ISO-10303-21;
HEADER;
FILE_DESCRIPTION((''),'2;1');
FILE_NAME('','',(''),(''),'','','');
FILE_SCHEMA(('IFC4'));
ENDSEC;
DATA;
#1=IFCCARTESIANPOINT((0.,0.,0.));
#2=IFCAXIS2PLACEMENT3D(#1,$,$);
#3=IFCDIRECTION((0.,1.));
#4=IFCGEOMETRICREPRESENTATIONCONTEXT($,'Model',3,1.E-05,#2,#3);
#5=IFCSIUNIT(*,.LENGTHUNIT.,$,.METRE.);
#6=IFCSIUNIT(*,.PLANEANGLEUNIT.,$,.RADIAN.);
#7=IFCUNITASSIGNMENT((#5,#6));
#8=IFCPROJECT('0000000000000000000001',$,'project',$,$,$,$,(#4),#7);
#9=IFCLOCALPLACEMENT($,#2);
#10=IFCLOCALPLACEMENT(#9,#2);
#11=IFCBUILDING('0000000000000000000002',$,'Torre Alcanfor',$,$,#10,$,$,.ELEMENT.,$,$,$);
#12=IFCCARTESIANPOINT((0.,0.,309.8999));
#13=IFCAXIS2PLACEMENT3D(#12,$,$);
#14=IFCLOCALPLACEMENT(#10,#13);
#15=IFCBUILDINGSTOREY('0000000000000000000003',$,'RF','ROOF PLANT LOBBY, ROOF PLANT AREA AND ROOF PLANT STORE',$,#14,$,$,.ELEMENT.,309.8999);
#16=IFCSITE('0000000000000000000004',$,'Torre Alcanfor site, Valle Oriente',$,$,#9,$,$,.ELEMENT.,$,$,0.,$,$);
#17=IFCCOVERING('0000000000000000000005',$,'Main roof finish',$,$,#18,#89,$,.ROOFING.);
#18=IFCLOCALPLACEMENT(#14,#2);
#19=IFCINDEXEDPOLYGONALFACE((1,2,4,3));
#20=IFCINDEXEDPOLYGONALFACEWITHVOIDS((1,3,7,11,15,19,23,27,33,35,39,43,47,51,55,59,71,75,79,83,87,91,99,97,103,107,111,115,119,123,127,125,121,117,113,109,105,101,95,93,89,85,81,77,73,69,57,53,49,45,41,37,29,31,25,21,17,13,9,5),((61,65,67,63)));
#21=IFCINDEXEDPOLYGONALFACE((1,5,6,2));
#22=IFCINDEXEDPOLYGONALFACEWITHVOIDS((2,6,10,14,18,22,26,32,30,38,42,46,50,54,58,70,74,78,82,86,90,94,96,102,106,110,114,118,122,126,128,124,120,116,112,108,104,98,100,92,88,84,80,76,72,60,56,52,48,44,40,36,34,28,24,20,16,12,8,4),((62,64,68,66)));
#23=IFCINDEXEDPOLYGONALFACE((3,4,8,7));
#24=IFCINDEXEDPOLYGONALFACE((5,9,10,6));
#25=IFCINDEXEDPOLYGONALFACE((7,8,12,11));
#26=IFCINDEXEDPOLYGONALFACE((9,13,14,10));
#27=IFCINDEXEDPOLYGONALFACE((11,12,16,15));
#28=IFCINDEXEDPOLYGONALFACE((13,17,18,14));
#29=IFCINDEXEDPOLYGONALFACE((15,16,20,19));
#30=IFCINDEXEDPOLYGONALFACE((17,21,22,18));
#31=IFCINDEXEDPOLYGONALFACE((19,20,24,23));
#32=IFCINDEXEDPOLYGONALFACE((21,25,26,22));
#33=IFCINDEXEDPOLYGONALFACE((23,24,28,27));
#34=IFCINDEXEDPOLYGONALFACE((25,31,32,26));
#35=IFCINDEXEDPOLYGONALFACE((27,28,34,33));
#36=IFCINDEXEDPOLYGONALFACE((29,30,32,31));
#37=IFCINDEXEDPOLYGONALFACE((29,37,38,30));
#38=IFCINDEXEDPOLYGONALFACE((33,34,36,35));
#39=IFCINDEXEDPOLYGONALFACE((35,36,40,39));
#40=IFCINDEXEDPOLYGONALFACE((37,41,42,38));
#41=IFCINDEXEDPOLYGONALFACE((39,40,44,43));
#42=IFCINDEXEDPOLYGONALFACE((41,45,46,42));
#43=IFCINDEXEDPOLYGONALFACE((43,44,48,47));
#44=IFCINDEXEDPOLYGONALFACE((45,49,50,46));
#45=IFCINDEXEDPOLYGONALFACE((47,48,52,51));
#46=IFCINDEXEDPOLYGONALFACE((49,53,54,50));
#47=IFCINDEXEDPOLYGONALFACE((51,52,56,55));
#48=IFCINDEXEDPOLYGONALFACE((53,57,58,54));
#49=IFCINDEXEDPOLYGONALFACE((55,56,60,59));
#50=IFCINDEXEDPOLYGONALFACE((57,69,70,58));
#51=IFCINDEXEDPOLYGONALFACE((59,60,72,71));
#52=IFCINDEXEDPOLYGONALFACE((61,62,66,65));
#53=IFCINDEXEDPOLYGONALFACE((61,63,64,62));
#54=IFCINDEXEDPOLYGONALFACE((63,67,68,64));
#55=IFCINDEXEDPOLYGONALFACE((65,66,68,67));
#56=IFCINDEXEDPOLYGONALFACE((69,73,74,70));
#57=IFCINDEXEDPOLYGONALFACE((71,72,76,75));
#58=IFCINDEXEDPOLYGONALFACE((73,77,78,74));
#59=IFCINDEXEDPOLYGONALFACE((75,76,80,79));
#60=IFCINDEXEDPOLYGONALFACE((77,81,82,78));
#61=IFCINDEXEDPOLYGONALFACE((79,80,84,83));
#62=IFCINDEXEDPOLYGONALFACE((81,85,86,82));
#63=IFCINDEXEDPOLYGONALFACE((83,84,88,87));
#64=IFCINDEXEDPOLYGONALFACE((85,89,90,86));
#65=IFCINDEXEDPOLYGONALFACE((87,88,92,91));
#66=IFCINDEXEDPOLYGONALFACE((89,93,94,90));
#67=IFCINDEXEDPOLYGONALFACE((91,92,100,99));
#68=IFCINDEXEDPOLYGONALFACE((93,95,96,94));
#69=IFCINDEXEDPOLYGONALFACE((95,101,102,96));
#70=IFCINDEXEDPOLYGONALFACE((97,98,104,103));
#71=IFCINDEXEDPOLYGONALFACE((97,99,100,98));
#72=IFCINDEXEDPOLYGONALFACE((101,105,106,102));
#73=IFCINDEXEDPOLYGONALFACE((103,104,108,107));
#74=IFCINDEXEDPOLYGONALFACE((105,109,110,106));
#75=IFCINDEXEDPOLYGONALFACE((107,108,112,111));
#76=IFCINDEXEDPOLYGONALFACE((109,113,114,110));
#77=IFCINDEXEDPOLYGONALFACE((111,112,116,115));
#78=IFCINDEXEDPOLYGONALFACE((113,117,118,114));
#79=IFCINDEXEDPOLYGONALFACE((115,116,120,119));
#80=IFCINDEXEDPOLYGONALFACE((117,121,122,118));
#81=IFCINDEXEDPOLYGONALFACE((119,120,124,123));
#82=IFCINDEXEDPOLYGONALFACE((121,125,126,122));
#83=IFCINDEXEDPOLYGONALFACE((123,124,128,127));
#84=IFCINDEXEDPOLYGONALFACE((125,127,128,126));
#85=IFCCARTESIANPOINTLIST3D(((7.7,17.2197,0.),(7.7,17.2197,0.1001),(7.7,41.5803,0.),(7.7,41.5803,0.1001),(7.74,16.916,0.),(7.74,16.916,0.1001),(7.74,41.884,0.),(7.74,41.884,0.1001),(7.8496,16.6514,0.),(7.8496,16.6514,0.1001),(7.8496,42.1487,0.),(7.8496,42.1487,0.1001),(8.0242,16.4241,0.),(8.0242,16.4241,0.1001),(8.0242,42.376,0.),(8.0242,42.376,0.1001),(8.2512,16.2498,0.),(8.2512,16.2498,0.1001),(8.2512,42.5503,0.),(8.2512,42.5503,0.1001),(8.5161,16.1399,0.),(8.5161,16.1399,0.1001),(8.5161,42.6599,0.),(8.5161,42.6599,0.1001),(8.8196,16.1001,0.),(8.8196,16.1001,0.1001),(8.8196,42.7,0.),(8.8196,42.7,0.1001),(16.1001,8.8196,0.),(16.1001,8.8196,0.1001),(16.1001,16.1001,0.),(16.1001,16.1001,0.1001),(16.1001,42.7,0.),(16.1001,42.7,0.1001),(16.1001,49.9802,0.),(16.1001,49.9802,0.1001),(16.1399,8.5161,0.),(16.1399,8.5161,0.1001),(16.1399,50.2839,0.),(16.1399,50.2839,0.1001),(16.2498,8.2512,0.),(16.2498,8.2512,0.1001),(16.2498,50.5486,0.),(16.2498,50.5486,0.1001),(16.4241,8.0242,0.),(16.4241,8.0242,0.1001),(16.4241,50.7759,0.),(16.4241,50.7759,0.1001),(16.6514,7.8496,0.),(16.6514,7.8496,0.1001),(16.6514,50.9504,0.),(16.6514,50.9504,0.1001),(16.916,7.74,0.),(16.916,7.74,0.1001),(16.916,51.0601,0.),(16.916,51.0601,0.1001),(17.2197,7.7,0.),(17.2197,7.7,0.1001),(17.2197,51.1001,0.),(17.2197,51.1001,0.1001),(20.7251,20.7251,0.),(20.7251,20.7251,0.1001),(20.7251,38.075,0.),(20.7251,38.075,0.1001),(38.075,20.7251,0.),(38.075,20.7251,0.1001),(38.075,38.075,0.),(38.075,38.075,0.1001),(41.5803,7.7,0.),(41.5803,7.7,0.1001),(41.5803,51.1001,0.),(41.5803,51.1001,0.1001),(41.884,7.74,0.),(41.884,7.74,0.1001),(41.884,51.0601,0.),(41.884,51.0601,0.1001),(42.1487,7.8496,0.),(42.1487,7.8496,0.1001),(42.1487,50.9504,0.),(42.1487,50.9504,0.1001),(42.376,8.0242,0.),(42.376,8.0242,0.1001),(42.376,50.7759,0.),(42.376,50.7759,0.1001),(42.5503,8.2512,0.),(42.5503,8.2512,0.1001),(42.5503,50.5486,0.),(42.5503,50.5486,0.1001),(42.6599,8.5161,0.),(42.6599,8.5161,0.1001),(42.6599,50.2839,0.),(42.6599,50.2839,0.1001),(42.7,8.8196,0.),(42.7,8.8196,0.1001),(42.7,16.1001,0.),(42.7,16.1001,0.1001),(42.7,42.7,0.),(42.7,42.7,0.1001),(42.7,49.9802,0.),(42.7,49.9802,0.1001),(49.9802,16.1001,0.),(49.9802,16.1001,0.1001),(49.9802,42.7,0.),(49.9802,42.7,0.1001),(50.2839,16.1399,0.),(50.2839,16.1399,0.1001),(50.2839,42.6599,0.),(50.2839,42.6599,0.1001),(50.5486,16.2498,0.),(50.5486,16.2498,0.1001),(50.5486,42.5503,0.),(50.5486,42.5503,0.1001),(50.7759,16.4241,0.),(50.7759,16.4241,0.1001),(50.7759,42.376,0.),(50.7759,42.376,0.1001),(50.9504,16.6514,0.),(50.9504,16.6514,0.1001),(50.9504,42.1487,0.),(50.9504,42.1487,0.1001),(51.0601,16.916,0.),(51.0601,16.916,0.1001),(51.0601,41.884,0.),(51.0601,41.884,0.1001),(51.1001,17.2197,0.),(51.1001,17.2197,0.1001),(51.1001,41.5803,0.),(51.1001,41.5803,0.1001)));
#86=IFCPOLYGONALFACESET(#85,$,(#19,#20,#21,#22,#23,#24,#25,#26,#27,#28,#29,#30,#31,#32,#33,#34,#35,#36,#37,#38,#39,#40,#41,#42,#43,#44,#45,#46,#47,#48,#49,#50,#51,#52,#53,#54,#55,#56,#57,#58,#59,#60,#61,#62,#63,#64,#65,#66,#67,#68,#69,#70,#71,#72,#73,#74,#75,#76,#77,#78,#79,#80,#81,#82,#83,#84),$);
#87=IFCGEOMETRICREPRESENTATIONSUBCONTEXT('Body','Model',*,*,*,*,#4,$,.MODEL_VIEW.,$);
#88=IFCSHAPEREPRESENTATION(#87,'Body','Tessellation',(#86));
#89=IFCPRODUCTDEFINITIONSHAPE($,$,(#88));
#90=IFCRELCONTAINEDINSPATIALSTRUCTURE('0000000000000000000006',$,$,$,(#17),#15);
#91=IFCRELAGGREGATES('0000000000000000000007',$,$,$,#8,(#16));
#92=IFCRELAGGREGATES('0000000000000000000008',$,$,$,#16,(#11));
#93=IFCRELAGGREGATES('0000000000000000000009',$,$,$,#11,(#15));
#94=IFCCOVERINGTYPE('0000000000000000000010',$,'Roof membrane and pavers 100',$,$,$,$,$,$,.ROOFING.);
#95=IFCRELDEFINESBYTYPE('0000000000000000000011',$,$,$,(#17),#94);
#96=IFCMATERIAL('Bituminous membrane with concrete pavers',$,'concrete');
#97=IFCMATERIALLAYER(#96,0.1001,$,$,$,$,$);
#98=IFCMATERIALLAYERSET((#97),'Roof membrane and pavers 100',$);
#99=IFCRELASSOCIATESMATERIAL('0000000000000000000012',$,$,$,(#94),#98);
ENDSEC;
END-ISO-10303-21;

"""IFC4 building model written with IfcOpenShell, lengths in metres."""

from ifc_helpers import new_model, si_unit, direction, frame, origin, place, context, subcontext, project, spatial, polyline, outline, extrude, material, layer, layer_set, type_object, element, save


model = new_model("IFC4")

# Units and contexts
model_context = context("Model", 3, precision=1e-05, world=origin(), true_north=direction((0.0, 1.0)))
body_context = subcontext(model_context, "Body", "Model", "MODEL_VIEW")
ifc_project = project(units=[si_unit("LENGTHUNIT", "METRE"), si_unit("PLANEANGLEUNIT", "RADIAN")], contexts=[model_context])

# Site, building, storey
site_placement = place(None, origin())
site = spatial("IfcSite", under=ifc_project, at=site_placement, Name="Torre Alcanfor site, Valle Oriente", CompositionType="ELEMENT", RefElevation=0.0)
building_placement = place(site_placement, origin())
building = spatial("IfcBuilding", under=site, at=building_placement, Name="Torre Alcanfor", CompositionType="ELEMENT")
storey_placement = place(building_placement, frame((0.0, 0.0, 309.8999)))
storey = spatial("IfcBuildingStorey", under=building, at=storey_placement, Name="RF", Description="ROOF PLANT LOBBY, ROOF PLANT AREA AND ROOF PLANT STORE", CompositionType="ELEMENT", Elevation=309.8999)

# Covering
ifc_material_1 = material(Name="Bituminous membrane with concrete pavers", Category="concrete")
ifc_layer_1 = layer(ifc_material_1, 0.1001)
ifc_layer_set_1 = layer_set([ifc_layer_1], Name="Roof membrane and pavers 100")
covering_type = type_object("IfcCoveringType", Name="Roof membrane and pavers 100", PredefinedType="ROOFING", material=ifc_layer_set_1)
covering_placement = place(storey_placement, origin())
element("IfcCovering", 1, at=covering_placement, inside=storey, type_object=covering_type, Name="Main roof finish", PredefinedType="ROOFING", context=body_context, shape_type="SweptSolid", body=[
    extrude(outline(polyline([(16.1001, 42.7), (16.1001, 49.9802), (16.1399, 50.2839), (16.2498, 50.5486), (16.4241, 50.7759), (16.6514, 50.9504), (16.916, 51.0601), (17.2197, 51.1001), (41.5803, 51.1001), (41.884, 51.0601), (42.1487, 50.9504), (42.376, 50.7759), (42.5503, 50.5486), (42.6599, 50.2839), (42.7, 49.9802), (42.7, 42.7), (49.9802, 42.7), (50.2839, 42.6599), (50.5486, 42.5503), (50.7759, 42.376), (50.9504, 42.1487), (51.0601, 41.884), (51.1001, 41.5803), (51.1001, 17.2197), (51.0601, 16.916), (50.9504, 16.6514), (50.7759, 16.4241), (50.5486, 16.2498), (50.2839, 16.1399), (49.9802, 16.1001), (42.7, 16.1001), (42.7, 8.8196), (42.6599, 8.5161), (42.5503, 8.2512), (42.376, 8.0242), (42.1487, 7.8496), (41.884, 7.74), (41.5803, 7.7), (17.2197, 7.7), (16.916, 7.74), (16.6514, 7.8496), (16.4241, 8.0242), (16.2498, 8.2512), (16.1399, 8.5161), (16.1001, 8.8196), (16.1001, 16.1001), (8.8196, 16.1001), (8.5161, 16.1399), (8.2512, 16.2498), (8.0242, 16.4241), (7.8496, 16.6514), (7.74, 16.916), (7.7, 17.2197), (7.7, 41.5803), (7.74, 41.884), (7.8496, 42.1487), (8.0242, 42.376), (8.2512, 42.5503), (8.5161, 42.6599), (8.8196, 42.7), (16.1001, 42.7)]), holes=[polyline([(20.7251, 20.7251), (38.075, 20.7251), (38.075, 38.075), (20.7251, 38.075), (20.7251, 20.7251)])]), origin(), (0.0, 0.0, 1.0), 0.1001),
])

save(model, "model.ifc")
